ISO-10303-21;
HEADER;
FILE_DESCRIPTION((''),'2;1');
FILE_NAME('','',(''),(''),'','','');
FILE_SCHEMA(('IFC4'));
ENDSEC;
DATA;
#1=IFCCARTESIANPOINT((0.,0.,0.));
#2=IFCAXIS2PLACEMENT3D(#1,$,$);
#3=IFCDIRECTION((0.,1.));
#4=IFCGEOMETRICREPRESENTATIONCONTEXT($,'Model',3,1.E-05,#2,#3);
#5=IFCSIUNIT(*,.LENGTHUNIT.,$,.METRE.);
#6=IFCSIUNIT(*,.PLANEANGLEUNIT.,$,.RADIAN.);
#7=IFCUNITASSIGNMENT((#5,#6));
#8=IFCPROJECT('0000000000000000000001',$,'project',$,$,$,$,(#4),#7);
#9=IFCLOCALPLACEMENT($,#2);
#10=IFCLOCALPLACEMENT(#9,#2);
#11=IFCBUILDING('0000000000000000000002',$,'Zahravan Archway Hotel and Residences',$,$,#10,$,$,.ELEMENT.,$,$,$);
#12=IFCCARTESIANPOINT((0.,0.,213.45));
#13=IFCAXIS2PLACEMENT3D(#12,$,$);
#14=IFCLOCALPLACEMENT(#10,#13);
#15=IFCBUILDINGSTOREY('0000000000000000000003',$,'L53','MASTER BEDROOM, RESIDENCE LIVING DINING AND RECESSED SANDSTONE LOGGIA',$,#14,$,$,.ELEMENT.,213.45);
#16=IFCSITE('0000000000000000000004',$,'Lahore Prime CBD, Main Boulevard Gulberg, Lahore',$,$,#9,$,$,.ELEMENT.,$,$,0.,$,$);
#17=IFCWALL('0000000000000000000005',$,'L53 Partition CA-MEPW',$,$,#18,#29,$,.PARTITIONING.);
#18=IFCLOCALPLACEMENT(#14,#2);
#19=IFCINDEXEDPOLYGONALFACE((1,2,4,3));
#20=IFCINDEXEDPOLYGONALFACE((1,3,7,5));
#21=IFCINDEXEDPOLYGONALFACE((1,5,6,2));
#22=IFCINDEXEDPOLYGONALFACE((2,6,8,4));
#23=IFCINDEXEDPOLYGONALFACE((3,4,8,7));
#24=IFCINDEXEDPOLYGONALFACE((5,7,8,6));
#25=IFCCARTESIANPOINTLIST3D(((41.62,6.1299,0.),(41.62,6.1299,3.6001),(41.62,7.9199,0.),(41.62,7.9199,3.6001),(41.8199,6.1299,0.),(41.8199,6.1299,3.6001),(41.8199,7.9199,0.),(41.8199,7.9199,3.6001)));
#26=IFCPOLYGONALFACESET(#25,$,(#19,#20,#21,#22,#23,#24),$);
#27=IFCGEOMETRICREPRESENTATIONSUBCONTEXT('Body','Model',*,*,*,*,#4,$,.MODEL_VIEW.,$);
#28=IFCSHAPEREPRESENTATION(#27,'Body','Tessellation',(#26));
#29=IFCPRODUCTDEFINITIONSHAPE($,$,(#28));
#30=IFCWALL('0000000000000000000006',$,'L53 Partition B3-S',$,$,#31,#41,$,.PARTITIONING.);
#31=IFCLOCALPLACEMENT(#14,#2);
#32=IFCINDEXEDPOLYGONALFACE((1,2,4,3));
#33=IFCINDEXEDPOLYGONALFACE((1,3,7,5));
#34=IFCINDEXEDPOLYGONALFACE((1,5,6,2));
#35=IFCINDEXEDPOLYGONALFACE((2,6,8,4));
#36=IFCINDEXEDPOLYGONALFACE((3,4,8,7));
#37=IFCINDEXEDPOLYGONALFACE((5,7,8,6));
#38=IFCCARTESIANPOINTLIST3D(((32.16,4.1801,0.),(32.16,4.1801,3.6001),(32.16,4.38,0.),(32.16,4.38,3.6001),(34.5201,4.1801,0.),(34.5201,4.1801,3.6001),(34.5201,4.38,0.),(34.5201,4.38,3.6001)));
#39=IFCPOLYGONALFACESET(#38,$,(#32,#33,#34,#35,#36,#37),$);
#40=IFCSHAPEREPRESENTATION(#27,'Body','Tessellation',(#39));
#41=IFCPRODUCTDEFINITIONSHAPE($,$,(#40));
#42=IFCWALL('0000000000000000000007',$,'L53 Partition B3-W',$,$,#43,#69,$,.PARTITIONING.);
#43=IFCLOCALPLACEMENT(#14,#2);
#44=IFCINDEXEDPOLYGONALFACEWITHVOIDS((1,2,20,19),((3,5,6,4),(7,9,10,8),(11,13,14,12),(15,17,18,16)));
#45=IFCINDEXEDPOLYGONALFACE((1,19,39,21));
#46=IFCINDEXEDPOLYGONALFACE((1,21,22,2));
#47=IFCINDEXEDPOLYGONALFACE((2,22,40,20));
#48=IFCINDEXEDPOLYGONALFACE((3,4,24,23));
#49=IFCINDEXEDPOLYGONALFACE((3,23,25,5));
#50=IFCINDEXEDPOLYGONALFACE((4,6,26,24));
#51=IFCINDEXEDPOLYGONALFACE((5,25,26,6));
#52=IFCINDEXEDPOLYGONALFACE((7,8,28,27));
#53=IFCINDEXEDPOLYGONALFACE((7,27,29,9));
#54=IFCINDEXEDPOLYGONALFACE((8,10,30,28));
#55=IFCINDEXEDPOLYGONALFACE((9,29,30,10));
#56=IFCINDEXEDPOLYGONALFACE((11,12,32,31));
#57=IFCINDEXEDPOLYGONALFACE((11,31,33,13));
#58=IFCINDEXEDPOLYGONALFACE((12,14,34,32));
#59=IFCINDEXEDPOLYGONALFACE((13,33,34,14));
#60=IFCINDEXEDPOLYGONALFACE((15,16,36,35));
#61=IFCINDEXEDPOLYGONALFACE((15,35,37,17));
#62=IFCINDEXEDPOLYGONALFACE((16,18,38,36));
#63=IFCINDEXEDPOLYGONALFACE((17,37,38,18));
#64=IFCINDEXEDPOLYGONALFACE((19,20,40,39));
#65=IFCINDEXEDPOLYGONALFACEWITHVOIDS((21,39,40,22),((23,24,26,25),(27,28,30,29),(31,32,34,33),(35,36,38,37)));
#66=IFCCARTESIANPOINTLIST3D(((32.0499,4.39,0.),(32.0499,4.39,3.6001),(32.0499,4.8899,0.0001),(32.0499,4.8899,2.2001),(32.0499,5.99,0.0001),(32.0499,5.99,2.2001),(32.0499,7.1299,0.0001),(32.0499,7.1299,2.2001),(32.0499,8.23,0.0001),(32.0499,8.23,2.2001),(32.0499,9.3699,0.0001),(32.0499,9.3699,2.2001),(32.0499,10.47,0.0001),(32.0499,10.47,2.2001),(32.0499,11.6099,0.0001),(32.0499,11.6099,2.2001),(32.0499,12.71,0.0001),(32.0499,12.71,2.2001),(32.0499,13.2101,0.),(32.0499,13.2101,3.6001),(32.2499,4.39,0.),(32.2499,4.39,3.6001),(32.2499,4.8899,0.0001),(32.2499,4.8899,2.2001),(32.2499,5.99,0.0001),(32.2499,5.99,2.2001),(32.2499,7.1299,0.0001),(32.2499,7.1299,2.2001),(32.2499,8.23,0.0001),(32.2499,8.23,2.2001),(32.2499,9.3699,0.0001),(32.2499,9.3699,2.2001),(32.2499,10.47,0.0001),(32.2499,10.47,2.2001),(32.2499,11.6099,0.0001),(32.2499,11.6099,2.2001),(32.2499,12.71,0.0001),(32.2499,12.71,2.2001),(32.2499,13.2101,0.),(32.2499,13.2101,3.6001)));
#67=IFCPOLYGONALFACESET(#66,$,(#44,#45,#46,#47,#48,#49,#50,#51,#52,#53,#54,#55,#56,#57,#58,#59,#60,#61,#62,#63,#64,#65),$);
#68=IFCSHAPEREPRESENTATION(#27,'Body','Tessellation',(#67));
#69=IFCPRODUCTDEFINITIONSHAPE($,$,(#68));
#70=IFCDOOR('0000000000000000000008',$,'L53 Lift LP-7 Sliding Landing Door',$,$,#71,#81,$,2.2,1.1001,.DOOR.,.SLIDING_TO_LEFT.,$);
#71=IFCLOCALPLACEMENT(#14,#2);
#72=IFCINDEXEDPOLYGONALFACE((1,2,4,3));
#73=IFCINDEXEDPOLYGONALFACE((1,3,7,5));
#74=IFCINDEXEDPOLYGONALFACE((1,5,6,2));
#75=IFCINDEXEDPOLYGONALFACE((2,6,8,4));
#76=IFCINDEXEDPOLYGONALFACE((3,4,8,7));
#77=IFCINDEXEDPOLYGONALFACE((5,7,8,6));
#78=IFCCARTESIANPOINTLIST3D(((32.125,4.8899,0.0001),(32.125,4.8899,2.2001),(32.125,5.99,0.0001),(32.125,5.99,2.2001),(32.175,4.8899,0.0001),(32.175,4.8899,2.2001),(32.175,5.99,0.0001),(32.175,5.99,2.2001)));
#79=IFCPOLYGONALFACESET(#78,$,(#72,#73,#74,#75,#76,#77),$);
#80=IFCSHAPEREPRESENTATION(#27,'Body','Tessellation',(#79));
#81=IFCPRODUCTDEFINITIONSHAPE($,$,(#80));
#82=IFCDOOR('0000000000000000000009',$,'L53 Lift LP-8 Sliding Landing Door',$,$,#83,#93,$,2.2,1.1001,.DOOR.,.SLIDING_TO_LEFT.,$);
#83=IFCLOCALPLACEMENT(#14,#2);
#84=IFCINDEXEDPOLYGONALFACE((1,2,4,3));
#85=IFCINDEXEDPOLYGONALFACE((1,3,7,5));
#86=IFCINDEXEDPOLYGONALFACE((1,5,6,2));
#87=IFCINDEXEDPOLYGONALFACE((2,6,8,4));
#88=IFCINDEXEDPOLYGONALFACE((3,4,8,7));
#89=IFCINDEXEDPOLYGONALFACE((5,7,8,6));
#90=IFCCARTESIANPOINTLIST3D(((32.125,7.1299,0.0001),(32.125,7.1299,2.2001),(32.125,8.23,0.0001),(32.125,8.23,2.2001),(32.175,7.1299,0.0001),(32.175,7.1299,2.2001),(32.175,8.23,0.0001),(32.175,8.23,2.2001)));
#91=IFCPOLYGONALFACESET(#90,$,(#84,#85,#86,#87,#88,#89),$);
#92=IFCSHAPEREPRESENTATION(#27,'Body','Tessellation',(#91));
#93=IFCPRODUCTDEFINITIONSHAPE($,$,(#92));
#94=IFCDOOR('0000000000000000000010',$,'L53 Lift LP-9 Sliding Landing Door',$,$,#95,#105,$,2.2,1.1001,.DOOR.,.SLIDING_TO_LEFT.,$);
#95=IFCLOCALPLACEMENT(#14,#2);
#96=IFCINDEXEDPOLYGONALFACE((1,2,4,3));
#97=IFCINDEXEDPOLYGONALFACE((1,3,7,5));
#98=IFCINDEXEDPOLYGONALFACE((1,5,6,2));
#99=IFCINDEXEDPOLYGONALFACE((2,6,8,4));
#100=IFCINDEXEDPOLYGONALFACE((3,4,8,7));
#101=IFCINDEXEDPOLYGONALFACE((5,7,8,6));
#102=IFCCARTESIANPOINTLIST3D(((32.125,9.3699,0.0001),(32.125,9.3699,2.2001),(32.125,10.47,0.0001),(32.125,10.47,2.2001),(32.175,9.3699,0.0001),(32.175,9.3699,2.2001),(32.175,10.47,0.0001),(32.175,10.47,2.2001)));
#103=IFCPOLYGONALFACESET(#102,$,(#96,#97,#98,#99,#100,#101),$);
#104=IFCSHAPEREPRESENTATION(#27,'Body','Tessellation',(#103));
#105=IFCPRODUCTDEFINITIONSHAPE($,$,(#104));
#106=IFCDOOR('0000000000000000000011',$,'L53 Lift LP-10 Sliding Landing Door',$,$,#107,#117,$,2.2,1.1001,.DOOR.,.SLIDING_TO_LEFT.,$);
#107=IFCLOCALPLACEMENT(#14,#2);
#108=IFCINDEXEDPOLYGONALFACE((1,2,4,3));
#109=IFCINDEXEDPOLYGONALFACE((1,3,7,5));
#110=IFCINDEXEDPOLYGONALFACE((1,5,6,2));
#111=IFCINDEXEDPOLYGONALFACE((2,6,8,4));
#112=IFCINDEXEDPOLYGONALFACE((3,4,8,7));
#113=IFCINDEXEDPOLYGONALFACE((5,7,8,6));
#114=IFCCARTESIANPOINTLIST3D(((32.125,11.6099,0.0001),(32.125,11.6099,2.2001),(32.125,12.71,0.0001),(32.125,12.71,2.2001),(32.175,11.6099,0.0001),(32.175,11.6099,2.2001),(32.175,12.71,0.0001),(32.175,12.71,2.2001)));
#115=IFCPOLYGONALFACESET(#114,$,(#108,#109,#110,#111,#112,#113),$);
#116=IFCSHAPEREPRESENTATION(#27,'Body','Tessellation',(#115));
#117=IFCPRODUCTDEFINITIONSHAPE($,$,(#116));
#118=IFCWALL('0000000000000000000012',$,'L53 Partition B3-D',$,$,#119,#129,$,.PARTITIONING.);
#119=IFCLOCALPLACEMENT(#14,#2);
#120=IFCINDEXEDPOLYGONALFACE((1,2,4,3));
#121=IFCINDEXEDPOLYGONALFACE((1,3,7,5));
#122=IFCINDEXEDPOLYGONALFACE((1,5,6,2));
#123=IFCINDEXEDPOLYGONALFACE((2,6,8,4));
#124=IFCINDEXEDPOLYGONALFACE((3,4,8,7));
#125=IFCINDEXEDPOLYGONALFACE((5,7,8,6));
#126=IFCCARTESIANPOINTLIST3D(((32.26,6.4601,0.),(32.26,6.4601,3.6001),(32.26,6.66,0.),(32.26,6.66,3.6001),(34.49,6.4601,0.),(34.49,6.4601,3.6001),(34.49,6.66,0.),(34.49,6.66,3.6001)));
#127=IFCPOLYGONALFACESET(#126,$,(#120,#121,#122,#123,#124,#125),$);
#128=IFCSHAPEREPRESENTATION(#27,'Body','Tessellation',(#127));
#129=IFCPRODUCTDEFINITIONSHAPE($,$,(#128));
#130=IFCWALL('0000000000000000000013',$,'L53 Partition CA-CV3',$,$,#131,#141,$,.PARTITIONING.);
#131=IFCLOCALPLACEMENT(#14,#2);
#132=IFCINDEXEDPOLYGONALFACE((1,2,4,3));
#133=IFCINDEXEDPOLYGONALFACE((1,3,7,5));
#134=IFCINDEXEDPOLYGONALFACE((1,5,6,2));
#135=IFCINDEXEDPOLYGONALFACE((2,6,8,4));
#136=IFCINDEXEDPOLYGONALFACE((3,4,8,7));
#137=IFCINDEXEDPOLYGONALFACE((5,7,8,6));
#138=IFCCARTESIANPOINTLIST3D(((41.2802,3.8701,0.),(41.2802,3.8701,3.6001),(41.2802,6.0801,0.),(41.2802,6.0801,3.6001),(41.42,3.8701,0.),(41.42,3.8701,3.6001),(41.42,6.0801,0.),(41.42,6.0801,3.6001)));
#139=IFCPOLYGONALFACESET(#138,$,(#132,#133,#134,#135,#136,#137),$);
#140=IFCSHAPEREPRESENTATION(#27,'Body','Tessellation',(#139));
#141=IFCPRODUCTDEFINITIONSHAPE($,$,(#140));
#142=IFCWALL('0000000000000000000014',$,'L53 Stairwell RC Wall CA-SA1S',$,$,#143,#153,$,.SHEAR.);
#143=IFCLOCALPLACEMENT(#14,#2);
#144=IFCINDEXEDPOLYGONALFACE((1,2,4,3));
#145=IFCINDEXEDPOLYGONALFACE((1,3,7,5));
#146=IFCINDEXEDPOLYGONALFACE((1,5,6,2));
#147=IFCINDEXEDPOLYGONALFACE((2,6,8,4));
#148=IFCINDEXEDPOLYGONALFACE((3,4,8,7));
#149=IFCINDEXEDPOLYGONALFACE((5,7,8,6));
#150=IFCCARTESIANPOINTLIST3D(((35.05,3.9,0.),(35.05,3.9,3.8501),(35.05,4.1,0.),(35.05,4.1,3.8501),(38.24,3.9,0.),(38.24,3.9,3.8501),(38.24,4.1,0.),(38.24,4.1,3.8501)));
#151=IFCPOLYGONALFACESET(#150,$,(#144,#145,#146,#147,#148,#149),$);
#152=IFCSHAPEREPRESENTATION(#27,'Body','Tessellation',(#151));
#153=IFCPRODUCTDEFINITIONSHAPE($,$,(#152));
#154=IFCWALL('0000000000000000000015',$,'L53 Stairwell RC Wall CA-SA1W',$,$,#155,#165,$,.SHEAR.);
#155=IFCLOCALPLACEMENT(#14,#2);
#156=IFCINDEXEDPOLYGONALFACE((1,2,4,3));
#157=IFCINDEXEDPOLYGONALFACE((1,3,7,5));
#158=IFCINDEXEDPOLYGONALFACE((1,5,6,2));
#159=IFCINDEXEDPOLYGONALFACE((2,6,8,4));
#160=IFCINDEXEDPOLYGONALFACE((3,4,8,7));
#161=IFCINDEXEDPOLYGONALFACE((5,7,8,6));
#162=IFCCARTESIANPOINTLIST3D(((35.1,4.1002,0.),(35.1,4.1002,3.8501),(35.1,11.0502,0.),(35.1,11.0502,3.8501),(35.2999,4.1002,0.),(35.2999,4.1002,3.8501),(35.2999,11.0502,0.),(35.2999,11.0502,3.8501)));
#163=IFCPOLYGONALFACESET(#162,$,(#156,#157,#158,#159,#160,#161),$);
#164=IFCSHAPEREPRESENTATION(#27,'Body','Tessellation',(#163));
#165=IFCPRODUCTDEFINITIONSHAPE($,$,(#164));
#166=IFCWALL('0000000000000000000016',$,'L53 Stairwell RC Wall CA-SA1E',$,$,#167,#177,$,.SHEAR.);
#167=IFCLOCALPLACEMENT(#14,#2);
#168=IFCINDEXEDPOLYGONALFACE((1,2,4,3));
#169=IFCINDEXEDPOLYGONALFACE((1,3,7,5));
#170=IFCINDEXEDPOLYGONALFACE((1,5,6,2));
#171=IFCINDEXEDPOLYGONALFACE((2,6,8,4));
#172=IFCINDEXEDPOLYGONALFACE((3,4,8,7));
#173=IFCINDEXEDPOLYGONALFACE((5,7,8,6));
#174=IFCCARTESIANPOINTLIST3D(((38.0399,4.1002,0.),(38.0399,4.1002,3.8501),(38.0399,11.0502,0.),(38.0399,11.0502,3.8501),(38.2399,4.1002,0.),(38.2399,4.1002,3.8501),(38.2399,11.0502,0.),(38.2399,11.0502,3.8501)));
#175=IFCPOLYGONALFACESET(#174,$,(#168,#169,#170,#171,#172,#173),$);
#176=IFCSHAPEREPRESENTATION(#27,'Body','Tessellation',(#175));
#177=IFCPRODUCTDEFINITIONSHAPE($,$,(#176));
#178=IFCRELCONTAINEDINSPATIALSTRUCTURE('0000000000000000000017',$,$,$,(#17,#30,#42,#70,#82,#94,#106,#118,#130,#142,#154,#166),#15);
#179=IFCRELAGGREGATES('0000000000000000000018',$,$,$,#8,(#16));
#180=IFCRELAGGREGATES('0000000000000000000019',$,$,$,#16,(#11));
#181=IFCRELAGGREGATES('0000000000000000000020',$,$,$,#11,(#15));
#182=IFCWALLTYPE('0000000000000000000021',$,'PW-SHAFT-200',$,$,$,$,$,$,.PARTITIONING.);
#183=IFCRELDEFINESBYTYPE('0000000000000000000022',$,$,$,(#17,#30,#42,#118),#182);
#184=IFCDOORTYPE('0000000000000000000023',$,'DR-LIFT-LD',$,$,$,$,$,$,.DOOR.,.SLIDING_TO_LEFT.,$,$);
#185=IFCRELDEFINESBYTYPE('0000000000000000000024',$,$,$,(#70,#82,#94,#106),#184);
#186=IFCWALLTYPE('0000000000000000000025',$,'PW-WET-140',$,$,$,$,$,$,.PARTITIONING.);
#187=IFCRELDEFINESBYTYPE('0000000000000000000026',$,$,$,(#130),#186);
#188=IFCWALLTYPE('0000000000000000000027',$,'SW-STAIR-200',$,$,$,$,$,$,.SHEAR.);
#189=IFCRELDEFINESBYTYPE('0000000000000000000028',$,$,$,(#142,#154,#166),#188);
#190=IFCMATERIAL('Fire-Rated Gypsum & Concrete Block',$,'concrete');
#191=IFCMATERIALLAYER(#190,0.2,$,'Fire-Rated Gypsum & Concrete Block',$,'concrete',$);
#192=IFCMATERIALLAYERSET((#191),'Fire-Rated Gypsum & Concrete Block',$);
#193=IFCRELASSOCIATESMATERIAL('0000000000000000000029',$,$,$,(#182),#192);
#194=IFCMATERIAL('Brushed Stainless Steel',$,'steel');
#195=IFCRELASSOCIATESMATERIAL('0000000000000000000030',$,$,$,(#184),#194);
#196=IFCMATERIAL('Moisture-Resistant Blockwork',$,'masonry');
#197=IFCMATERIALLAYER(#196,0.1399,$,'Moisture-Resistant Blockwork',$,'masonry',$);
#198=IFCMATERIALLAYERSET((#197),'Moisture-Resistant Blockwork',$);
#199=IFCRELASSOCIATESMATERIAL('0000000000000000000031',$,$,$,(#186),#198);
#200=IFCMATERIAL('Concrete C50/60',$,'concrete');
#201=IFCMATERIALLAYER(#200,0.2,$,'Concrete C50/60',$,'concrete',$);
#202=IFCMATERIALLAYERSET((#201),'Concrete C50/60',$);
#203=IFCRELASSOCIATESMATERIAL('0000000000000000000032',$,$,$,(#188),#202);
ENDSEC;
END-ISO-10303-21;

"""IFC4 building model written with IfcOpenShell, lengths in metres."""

from ifc_helpers import new_model, si_unit, direction, frame, frame_2d, origin, place, context, subcontext, project, spatial, rectangle, extrude, source, transform, mapped, material, layer, layer_set, type_object, type_shapes, element, fill, save


model = new_model("IFC4")

# Units and contexts
model_context = context("Model", 3, precision=1e-05, world=origin(), true_north=direction((0.0, 1.0)))
body_context = subcontext(model_context, "Body", "Model", "MODEL_VIEW")
ifc_project = project(units=[si_unit("LENGTHUNIT", "METRE"), si_unit("PLANEANGLEUNIT", "RADIAN")], contexts=[model_context])

# Site, building, storey
site_placement = place(None, origin())
site = spatial("IfcSite", under=ifc_project, at=site_placement, Name="Lahore Prime CBD, Main Boulevard Gulberg, Lahore", CompositionType="ELEMENT", RefElevation=0.0)
building_placement = place(site_placement, origin())
building = spatial("IfcBuilding", under=site, at=building_placement, Name="Zahravan Archway Hotel and Residences", CompositionType="ELEMENT")
storey_placement = place(building_placement, frame((0.0, 0.0, 213.45)))
storey = spatial("IfcBuildingStorey", under=building, at=storey_placement, Name="L53", Description="MASTER BEDROOM, RESIDENCE LIVING DINING AND RECESSED SANDSTONE LOGGIA", CompositionType="ELEMENT", Elevation=213.45)

# Shared definitions
ifc_material_1 = material(Name="Fire-Rated Gypsum & Concrete Block", Category="concrete")
ifc_layer_1 = layer(ifc_material_1, 0.2, Name="Fire-Rated Gypsum & Concrete Block", Category="concrete")
ifc_layer_set_1 = layer_set([ifc_layer_1], Name="Fire-Rated Gypsum & Concrete Block")
wall_type_1 = type_object("IfcWallType", Name="PW-SHAFT-200", PredefinedType="PARTITIONING", material=ifc_layer_set_1)

# Walls
for number, where, z_axis, x_axis, name in (
    (1, (41.72, 6.1299, 0.0), (0.0, 0.0, 1.0), (0.0, 1.0, 0.0), "L53 Partition CA-MEPW"),
):
    element("IfcWall", number, at=place(storey_placement, frame(where, z_axis=z_axis, x_axis=x_axis)), inside=storey, type_object=wall_type_1, Name=name, PredefinedType="PARTITIONING", context=body_context, shape_type="SweptSolid", body=[
        extrude(rectangle(XDim=1.79, YDim=0.2, at=frame_2d((0.895, 0.0))), origin(), (0.0, 0.0, 1.0), 3.6001),
    ])
wall_1_placement = place(storey_placement, frame((32.1599, 4.28, 0.0), z_axis=(0.0, 0.0, 1.0), x_axis=(1.0, 0.0, 0.0)))
element("IfcWall", 2, at=wall_1_placement, inside=storey, type_object=wall_type_1, Name="L53 Partition B3-S", PredefinedType="PARTITIONING", context=body_context, shape_type="SweptSolid", body=[
    extrude(rectangle(XDim=2.3601, YDim=0.2, at=frame_2d((1.1802, 0.0))), origin(), (0.0, 0.0, 1.0), 3.6001),
])

# Wall, openings, doors
wall_2_placement = place(storey_placement, frame((32.1499, 4.3899, 0.0), z_axis=(0.0, 0.0, 1.0), x_axis=(0.0, 1.0, 0.0)))
wall_2 = element("IfcWall", 3, at=wall_2_placement, inside=storey, type_object=wall_type_1, Name="L53 Partition B3-W", PredefinedType="PARTITIONING", context=body_context, shape_type="SweptSolid", body=[
    extrude(rectangle(XDim=8.8201, YDim=0.2, at=frame_2d((4.4102, 0.0))), origin(), (0.0, 0.0, 1.0), 3.6001),
])
opening_1_placement = place(wall_2_placement, frame((0.5, 0.0, 0.0)))
opening_1 = element("IfcOpeningElement", 4, at=opening_1_placement, cuts=wall_2, PredefinedType="OPENING", context=body_context, shape_type="SweptSolid", body=[
    extrude(rectangle(XDim=1.1001, YDim=2.2, at=frame_2d((0.55, 1.1001))), frame((0.0, 0.1099, 0.0), z_axis=(0.0, -1.0, 0.0), x_axis=(1.0, 0.0, 0.0)), (0.0, 0.0, 1.0), 0.22),
])
opening_2_placement = place(wall_2_placement, frame((2.74, 0.0, 0.0)))
opening_2 = element("IfcOpeningElement", 5, at=opening_2_placement, cuts=wall_2, PredefinedType="OPENING", context=body_context, shape_type="SweptSolid", body=[
    extrude(rectangle(XDim=1.1001, YDim=2.2, at=frame_2d((0.55, 1.1001))), frame((0.0, 0.1099, 0.0), z_axis=(0.0, -1.0, 0.0), x_axis=(1.0, 0.0, 0.0)), (0.0, 0.0, 1.0), 0.22),
])
opening_3_placement = place(wall_2_placement, frame((4.98, 0.0, 0.0)))
opening_3 = element("IfcOpeningElement", 6, at=opening_3_placement, cuts=wall_2, PredefinedType="OPENING", context=body_context, shape_type="SweptSolid", body=[
    extrude(rectangle(XDim=1.1001, YDim=2.2, at=frame_2d((0.55, 1.1001))), frame((0.0, 0.1099, 0.0), z_axis=(0.0, -1.0, 0.0), x_axis=(1.0, 0.0, 0.0)), (0.0, 0.0, 1.0), 0.22),
])
opening_4_placement = place(wall_2_placement, frame((7.22, 0.0, 0.0)))
opening_4 = element("IfcOpeningElement", 7, at=opening_4_placement, cuts=wall_2, PredefinedType="OPENING", context=body_context, shape_type="SweptSolid", body=[
    extrude(rectangle(XDim=1.1001, YDim=2.2, at=frame_2d((0.55, 1.1001))), frame((0.0, 0.1099, 0.0), z_axis=(0.0, -1.0, 0.0), x_axis=(1.0, 0.0, 0.0)), (0.0, 0.0, 1.0), 0.22),
])
ifc_material_2 = material(Name="Brushed Stainless Steel", Category="steel")
door_type_1 = type_object("IfcDoorType", Name="DR-LIFT-LD", OperationType="SLIDING_TO_LEFT", PredefinedType="DOOR", material=ifc_material_2)
shared_shape_1 = source(origin(), body_context, "Body", "SweptSolid", [
    extrude(rectangle(XDim=1.1001, YDim=2.2, at=frame_2d((0.55, 1.1001))), frame((0.0, 0.0249, 0.0), z_axis=(0.0, -1.0, 0.0), x_axis=(1.0, 0.0, 0.0)), (0.0, 0.0, 1.0), 0.05),
])
type_shapes(door_type_1, [shared_shape_1])
door_1_placement = place(opening_1_placement, origin())
door_1 = element("IfcDoor", 8, at=door_1_placement, inside=storey, type_object=door_type_1, Name="L53 Lift LP-7 Sliding Landing Door", OperationType="SLIDING_TO_LEFT", OverallHeight=2.2, OverallWidth=1.1001, PredefinedType="DOOR", context=body_context, shape_type="MappedRepresentation", body=[
    mapped(shared_shape_1, transform((0.0, 0.0, 0.0), scale=1.0)),
])
fill(opening_1, door_1)
door_2_placement = place(opening_2_placement, origin())
door_2 = element("IfcDoor", 9, at=door_2_placement, inside=storey, type_object=door_type_1, Name="L53 Lift LP-8 Sliding Landing Door", OperationType="SLIDING_TO_LEFT", OverallHeight=2.2, OverallWidth=1.1001, PredefinedType="DOOR", context=body_context, shape_type="MappedRepresentation", body=[
    mapped(shared_shape_1, transform((0.0, 0.0, 0.0), scale=1.0)),
])
fill(opening_2, door_2)
door_3_placement = place(opening_3_placement, origin())
door_3 = element("IfcDoor", 10, at=door_3_placement, inside=storey, type_object=door_type_1, Name="L53 Lift LP-9 Sliding Landing Door", OperationType="SLIDING_TO_LEFT", OverallHeight=2.2, OverallWidth=1.1001, PredefinedType="DOOR", context=body_context, shape_type="MappedRepresentation", body=[
    mapped(shared_shape_1, transform((0.0, 0.0, 0.0), scale=1.0)),
])
fill(opening_3, door_3)
door_4_placement = place(opening_4_placement, origin())
door_4 = element("IfcDoor", 11, at=door_4_placement, inside=storey, type_object=door_type_1, Name="L53 Lift LP-10 Sliding Landing Door", OperationType="SLIDING_TO_LEFT", OverallHeight=2.2, OverallWidth=1.1001, PredefinedType="DOOR", context=body_context, shape_type="MappedRepresentation", body=[
    mapped(shared_shape_1, transform((0.0, 0.0, 0.0), scale=1.0)),
])
fill(opening_4, door_4)

# Walls
wall_3_placement = place(storey_placement, frame((32.26, 6.5601, 0.0), z_axis=(0.0, 0.0, 1.0), x_axis=(1.0, 0.0, 0.0)))
element("IfcWall", 12, at=wall_3_placement, inside=storey, type_object=wall_type_1, Name="L53 Partition B3-D", PredefinedType="PARTITIONING", context=body_context, shape_type="SweptSolid", body=[
    extrude(rectangle(XDim=2.23, YDim=0.2, at=frame_2d((1.115, 0.0))), origin(), (0.0, 0.0, 1.0), 3.6001),
])
ifc_material_3 = material(Name="Moisture-Resistant Blockwork", Category="masonry")
ifc_layer_2 = layer(ifc_material_3, 0.1399, Name="Moisture-Resistant Blockwork", Category="masonry")
ifc_layer_set_2 = layer_set([ifc_layer_2], Name="Moisture-Resistant Blockwork")
wall_type_2 = type_object("IfcWallType", Name="PW-WET-140", PredefinedType="PARTITIONING", material=ifc_layer_set_2)
wall_4_placement = place(storey_placement, frame((41.3501, 3.8701, 0.0), z_axis=(0.0, 0.0, 1.0), x_axis=(0.0, 1.0, 0.0)))
element("IfcWall", 13, at=wall_4_placement, inside=storey, type_object=wall_type_2, Name="L53 Partition CA-CV3", PredefinedType="PARTITIONING", context=body_context, shape_type="SweptSolid", body=[
    extrude(rectangle(XDim=2.21, YDim=0.1399, at=frame_2d((1.105, 0.0))), origin(), (0.0, 0.0, 1.0), 3.6001),
])
ifc_material_4 = material(Name="Concrete C50/60", Category="concrete")
ifc_layer_3 = layer(ifc_material_4, 0.2, Name="Concrete C50/60", Category="concrete")
ifc_layer_set_3 = layer_set([ifc_layer_3], Name="Concrete C50/60")
wall_type_3 = type_object("IfcWallType", Name="SW-STAIR-200", PredefinedType="SHEAR", material=ifc_layer_set_3)
wall_5_placement = place(storey_placement, frame((35.05, 4.0, 0.0), z_axis=(0.0, 0.0, 1.0), x_axis=(1.0, 0.0, 0.0)))
element("IfcWall", 14, at=wall_5_placement, inside=storey, type_object=wall_type_3, Name="L53 Stairwell RC Wall CA-SA1S", PredefinedType="SHEAR", context=body_context, shape_type="SweptSolid", body=[
    extrude(rectangle(XDim=3.1899, YDim=0.2, at=frame_2d((1.595, 0.0))), origin(), (0.0, 0.0, 1.0), 3.8501),
])
for number, where, z_axis, x_axis, name in (
    (15, (35.2, 4.1001, 0.0), (0.0, 0.0, 1.0), (0.0, 1.0, 0.0), "L53 Stairwell RC Wall CA-SA1W"),
    (16, (38.1399, 4.1001, 0.0), (0.0, 0.0, 1.0), (0.0, 1.0, 0.0), "L53 Stairwell RC Wall CA-SA1E"),
):
    element("IfcWall", number, at=place(storey_placement, frame(where, z_axis=z_axis, x_axis=x_axis)), inside=storey, type_object=wall_type_3, Name=name, PredefinedType="SHEAR", context=body_context, shape_type="SweptSolid", body=[
        extrude(rectangle(XDim=6.95, YDim=0.2, at=frame_2d((3.4751, 0.0))), origin(), (0.0, 0.0, 1.0), 3.8501),
    ])

save(model, "model.ifc")
